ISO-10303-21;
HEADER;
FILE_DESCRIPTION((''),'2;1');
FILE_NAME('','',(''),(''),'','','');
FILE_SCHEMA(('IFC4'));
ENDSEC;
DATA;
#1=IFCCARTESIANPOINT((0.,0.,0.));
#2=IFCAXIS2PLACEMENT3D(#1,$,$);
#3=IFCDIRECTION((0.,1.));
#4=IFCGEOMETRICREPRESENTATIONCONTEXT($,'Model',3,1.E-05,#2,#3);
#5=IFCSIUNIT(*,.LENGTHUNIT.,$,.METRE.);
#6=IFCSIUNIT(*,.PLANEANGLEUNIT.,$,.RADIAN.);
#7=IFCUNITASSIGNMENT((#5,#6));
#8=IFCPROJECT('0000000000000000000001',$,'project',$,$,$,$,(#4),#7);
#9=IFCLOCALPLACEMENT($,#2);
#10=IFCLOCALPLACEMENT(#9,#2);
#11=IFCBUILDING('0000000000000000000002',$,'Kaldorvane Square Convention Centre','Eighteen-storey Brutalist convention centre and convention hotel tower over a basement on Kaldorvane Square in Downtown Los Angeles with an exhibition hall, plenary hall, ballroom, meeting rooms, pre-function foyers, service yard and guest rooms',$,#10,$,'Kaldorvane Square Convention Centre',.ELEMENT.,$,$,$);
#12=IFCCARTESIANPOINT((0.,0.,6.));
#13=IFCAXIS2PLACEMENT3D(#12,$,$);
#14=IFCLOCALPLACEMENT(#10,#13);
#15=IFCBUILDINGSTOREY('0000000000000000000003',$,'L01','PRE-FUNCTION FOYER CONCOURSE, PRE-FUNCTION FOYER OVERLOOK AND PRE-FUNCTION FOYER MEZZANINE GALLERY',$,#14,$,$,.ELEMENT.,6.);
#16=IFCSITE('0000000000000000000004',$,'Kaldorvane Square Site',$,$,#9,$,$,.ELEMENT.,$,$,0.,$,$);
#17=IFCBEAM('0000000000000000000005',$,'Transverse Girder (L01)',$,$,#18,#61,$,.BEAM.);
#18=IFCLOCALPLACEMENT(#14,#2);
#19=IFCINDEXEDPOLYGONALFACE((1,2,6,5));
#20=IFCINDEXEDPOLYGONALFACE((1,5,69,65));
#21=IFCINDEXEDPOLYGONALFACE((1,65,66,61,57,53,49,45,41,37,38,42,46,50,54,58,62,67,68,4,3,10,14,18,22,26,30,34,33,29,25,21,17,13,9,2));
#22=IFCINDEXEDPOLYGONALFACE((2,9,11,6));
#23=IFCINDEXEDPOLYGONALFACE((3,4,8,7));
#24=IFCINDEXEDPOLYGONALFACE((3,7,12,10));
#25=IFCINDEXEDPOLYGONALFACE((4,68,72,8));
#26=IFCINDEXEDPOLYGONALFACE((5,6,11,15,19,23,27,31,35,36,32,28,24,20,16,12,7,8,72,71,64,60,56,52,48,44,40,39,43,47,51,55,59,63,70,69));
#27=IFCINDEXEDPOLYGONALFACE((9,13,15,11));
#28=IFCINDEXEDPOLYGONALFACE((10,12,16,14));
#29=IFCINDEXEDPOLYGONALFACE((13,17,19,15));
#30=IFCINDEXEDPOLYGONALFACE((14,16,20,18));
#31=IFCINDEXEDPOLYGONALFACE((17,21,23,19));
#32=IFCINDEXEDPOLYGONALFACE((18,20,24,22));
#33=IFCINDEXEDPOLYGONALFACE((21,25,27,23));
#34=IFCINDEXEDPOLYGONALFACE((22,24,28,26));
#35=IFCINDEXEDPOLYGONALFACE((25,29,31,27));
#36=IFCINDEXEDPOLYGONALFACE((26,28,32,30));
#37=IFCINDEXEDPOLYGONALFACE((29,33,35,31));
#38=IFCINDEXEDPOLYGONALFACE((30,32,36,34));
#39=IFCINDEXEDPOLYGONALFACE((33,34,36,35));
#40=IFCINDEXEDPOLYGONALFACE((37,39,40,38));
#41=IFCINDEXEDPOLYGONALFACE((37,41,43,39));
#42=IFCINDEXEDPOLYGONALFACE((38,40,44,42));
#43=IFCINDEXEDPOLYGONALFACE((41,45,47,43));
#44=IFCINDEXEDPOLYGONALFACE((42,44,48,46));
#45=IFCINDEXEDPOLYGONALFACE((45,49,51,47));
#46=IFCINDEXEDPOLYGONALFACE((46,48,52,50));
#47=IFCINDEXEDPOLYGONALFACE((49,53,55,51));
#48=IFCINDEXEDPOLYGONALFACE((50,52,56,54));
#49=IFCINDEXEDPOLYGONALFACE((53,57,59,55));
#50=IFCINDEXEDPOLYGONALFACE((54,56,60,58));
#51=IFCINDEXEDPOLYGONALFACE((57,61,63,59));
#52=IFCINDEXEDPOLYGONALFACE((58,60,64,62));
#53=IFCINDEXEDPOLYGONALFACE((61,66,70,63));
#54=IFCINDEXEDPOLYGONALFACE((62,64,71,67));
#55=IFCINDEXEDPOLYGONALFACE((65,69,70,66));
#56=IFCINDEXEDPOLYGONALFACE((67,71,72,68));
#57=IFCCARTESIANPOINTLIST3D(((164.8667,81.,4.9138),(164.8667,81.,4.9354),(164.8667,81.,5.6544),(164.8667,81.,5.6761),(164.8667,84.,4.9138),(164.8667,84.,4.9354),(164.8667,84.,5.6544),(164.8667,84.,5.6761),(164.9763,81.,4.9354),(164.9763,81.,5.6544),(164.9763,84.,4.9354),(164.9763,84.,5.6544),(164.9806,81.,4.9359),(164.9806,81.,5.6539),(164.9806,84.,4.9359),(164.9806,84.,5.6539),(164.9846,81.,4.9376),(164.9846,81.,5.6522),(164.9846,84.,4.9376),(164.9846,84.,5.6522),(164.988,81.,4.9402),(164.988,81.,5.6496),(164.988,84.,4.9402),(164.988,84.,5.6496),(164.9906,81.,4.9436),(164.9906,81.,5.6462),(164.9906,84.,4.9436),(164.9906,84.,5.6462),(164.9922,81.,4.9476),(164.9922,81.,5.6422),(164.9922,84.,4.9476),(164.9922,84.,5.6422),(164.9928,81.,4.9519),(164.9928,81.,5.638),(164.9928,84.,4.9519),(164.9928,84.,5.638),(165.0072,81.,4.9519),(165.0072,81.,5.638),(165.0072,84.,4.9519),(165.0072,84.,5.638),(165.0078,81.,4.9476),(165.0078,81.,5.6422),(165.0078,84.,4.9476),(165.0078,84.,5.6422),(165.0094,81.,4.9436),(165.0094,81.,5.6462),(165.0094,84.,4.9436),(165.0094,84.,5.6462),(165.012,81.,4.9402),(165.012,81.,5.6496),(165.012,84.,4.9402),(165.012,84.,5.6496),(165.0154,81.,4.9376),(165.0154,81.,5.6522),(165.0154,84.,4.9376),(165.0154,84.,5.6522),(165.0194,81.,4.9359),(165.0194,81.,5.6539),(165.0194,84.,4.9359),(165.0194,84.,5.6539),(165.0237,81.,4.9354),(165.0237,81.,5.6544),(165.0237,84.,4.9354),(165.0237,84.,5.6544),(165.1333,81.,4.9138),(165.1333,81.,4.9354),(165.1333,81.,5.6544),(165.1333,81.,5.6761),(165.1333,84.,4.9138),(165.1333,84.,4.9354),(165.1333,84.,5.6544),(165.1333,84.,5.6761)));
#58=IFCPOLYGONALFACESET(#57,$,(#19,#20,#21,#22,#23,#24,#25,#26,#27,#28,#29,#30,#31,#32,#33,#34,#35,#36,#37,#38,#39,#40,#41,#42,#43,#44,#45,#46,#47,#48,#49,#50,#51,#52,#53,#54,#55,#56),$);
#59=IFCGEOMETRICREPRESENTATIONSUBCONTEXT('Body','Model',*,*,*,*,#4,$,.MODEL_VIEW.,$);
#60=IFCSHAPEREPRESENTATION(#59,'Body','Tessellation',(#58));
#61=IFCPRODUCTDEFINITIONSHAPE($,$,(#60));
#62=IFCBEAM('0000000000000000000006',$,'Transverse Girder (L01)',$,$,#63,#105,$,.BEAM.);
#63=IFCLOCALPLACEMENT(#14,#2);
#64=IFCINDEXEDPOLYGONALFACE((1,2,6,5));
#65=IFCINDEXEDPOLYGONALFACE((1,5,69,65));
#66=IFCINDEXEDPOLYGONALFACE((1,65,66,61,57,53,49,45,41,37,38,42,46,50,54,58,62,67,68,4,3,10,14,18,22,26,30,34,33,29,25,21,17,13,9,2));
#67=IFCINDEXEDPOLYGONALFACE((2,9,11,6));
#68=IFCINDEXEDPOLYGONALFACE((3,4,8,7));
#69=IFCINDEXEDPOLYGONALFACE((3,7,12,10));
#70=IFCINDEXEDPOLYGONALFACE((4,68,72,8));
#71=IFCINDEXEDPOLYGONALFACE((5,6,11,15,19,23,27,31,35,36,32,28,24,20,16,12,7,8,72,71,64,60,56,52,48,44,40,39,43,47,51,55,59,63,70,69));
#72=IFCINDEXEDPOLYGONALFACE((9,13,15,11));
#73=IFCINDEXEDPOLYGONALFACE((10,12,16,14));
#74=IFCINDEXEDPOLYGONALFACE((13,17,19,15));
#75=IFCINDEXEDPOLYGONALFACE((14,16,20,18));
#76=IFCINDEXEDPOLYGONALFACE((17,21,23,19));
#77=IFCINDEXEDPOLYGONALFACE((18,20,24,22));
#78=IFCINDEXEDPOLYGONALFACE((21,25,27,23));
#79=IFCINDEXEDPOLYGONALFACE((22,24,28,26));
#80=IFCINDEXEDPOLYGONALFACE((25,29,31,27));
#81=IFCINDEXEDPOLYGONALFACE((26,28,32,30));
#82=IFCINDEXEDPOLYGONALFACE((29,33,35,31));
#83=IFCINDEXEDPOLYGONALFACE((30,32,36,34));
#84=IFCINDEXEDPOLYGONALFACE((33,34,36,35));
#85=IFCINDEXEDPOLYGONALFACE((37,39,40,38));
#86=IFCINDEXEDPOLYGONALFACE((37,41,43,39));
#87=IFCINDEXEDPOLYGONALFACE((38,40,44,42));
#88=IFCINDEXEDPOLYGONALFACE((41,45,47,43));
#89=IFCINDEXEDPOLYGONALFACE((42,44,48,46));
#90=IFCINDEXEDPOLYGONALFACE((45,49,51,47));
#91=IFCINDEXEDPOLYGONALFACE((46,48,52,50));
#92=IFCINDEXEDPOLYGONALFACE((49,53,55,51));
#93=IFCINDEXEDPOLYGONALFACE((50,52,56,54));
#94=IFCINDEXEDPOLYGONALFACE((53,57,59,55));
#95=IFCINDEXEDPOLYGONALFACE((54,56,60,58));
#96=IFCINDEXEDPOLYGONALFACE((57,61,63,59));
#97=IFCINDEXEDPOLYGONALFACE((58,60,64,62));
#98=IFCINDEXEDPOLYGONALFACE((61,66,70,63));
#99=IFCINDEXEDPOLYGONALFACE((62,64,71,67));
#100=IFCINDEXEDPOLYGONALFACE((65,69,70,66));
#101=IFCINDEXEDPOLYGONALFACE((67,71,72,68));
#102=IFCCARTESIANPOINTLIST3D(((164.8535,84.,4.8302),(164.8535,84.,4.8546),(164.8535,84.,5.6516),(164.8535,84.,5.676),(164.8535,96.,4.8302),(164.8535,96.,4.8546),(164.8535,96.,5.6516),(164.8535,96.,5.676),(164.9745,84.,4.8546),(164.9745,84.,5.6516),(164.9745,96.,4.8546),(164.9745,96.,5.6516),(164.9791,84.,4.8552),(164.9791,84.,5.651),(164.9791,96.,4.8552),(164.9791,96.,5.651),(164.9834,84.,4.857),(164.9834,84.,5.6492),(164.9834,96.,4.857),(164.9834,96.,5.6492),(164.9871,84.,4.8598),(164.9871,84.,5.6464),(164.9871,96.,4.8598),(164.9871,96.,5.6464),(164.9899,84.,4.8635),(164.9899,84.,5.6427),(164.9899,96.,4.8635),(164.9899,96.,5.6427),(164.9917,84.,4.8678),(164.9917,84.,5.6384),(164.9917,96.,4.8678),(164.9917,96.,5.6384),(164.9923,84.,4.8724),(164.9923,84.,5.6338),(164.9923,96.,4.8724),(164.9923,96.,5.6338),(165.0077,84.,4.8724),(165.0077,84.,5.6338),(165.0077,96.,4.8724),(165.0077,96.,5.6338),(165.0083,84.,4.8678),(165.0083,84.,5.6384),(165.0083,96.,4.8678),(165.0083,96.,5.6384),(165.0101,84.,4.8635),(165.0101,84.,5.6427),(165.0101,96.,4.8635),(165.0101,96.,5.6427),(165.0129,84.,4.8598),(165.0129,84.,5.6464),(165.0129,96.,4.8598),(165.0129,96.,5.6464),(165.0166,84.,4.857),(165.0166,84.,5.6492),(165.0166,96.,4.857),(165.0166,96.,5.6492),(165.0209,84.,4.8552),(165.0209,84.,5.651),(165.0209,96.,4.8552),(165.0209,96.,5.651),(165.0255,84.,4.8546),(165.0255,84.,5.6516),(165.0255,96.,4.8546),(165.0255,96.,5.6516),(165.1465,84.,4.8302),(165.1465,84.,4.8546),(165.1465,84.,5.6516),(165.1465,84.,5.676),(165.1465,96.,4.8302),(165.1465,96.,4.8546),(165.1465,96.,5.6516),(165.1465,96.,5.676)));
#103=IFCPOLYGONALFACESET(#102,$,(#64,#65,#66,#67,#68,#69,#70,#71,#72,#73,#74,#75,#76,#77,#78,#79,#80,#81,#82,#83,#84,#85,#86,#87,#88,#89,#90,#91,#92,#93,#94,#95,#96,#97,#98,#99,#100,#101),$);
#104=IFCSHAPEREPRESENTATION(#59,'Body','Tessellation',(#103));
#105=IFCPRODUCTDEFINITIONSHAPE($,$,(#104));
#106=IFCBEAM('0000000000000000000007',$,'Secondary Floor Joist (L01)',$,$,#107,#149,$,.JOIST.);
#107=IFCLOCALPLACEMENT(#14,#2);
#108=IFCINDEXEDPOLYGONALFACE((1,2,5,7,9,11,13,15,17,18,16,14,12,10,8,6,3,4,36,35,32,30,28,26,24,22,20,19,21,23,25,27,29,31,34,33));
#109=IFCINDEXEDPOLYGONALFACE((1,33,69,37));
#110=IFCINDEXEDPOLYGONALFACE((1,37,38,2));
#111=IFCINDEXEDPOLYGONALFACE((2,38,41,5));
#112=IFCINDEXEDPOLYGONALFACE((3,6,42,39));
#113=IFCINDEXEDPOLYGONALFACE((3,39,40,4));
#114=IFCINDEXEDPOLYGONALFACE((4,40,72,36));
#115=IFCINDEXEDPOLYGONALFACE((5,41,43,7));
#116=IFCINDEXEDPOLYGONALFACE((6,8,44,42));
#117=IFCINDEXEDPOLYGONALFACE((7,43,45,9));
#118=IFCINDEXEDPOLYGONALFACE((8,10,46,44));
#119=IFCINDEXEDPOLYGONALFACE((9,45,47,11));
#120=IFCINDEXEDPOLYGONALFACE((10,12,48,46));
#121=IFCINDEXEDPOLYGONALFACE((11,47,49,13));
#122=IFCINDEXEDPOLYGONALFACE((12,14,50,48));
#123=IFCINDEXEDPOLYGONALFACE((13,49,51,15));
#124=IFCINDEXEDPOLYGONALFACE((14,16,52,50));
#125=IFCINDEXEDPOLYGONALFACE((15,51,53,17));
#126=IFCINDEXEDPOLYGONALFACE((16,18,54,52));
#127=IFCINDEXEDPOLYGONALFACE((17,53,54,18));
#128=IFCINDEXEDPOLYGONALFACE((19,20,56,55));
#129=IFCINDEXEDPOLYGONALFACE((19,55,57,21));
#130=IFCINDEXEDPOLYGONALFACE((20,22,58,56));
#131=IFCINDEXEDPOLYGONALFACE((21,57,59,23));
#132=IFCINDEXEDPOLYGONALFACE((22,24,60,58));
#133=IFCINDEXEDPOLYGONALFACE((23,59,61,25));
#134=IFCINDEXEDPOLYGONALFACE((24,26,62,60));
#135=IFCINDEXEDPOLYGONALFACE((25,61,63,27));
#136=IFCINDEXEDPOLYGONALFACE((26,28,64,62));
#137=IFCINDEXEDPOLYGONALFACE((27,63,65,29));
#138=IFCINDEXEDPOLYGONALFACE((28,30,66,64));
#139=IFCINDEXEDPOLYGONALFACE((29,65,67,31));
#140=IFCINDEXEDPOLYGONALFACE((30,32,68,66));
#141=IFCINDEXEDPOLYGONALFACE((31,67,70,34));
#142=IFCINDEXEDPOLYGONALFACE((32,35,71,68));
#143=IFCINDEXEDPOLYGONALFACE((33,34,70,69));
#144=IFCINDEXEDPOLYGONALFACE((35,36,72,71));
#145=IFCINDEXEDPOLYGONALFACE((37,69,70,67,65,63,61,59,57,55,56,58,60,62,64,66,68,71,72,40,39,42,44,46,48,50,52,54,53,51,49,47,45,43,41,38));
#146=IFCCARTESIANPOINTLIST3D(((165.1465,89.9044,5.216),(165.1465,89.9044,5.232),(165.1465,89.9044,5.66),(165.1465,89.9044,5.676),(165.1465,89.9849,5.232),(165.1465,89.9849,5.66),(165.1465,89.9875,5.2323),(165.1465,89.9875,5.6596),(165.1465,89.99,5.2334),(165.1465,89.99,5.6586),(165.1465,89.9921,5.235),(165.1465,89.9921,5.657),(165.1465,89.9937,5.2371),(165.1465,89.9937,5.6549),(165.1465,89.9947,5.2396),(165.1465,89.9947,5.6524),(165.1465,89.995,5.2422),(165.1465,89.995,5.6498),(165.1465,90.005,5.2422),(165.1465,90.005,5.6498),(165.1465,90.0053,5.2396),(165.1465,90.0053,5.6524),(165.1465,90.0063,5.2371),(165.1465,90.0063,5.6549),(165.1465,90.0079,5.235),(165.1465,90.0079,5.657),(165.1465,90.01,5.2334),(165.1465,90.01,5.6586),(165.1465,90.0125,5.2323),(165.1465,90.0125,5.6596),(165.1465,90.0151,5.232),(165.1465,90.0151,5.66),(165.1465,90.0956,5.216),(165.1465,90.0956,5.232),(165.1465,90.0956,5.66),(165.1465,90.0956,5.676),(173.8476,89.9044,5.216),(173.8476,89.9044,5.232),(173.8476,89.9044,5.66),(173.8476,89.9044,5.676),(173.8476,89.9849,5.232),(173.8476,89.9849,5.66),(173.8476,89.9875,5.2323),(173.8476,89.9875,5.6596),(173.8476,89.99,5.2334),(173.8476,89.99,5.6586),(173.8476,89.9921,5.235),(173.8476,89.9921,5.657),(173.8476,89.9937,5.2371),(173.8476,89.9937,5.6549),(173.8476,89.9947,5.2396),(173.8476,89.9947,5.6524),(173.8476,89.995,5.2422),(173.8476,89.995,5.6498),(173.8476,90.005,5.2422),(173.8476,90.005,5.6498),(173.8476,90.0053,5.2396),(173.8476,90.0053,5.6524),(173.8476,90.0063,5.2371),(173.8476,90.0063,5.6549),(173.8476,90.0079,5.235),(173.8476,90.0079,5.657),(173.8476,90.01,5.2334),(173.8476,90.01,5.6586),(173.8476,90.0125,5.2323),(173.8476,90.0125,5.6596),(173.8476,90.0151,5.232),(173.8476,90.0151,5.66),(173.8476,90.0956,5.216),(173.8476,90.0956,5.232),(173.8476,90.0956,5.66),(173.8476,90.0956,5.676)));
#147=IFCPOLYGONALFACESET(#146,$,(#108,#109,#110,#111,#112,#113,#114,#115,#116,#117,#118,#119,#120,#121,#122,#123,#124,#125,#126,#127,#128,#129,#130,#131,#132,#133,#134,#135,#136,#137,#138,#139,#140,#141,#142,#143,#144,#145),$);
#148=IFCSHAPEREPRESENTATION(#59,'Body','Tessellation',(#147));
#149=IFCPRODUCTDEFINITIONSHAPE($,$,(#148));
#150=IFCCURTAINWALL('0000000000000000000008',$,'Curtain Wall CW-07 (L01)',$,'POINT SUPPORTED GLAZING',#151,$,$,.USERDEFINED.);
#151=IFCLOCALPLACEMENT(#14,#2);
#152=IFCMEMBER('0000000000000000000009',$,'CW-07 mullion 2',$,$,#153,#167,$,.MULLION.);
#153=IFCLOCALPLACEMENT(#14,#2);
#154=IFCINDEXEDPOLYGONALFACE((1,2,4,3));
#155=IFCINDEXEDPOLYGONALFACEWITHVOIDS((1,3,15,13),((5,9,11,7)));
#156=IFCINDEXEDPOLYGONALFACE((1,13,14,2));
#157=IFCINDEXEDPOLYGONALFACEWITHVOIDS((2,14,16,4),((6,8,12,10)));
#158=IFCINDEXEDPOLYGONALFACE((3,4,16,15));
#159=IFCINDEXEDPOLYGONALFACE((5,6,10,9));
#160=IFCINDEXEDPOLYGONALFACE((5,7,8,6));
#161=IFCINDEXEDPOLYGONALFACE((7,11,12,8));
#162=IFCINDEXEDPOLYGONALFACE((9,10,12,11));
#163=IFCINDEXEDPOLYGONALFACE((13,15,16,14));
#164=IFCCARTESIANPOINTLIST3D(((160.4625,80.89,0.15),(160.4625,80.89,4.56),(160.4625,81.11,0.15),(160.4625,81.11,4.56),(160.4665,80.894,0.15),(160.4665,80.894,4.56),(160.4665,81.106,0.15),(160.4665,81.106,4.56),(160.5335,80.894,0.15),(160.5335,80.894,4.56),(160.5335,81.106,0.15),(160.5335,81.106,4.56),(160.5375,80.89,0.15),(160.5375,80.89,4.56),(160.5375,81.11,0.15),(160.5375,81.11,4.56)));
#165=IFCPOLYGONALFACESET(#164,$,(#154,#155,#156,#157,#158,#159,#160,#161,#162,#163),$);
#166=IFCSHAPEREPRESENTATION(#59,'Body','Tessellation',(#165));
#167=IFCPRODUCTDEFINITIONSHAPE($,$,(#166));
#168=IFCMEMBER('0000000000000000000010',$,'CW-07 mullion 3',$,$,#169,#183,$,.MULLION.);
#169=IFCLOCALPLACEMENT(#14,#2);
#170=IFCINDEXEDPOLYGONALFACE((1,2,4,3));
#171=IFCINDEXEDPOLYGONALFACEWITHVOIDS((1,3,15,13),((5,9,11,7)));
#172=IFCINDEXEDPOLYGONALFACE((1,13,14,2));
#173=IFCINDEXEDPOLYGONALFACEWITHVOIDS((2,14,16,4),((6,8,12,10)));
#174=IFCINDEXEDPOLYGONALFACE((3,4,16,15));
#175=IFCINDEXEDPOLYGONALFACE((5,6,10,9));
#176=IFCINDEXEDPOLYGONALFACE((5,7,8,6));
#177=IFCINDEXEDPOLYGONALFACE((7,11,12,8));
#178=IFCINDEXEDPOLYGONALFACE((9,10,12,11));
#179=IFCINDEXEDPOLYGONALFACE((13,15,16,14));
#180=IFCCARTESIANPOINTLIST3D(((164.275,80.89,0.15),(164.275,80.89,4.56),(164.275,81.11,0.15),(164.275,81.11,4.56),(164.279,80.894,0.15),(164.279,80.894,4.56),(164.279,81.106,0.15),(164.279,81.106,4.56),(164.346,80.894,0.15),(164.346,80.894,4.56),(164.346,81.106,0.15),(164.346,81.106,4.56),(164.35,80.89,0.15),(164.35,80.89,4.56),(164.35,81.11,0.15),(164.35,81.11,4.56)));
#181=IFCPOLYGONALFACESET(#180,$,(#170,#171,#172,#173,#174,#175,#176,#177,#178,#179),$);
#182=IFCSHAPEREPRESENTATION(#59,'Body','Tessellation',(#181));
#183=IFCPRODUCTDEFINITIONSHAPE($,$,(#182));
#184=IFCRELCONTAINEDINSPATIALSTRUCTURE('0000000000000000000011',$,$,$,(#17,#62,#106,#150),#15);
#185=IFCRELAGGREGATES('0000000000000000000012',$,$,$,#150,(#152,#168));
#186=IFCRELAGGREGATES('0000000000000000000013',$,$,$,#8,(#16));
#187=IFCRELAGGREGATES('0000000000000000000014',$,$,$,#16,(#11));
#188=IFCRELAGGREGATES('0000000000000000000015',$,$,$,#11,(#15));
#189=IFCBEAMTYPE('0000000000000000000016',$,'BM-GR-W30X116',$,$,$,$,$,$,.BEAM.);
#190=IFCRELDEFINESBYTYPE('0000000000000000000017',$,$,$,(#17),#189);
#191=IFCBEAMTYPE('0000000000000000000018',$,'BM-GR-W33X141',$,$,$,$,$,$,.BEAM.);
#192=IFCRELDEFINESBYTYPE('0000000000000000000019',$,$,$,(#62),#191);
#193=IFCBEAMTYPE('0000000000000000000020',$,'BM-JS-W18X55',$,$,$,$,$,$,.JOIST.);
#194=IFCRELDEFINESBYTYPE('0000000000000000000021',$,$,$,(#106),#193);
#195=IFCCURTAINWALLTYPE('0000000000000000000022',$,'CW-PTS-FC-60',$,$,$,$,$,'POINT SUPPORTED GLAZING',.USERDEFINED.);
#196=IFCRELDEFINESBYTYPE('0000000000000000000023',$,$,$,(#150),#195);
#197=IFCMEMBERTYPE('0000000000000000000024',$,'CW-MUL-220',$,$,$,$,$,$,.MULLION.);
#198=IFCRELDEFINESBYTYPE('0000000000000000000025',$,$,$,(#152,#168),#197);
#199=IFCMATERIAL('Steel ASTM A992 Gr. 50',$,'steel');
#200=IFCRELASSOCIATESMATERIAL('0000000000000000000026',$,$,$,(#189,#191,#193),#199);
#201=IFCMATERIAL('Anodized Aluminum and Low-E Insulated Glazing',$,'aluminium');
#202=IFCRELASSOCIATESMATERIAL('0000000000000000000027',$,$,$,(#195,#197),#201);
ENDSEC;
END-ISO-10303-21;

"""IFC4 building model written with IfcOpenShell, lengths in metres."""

from ifc_helpers import new_model, si_unit, direction, frame, origin, origin_2d, place, context, subcontext, project, spatial, hollow_rectangle, i_section, extrude, material, material_profile, profile_set, type_object, element, aggregate, save


model = new_model("IFC4")

# Units and contexts
model_context = context("Model", 3, precision=1e-05, world=origin(), true_north=direction((0.0, 1.0)))
body_context = subcontext(model_context, "Body", "Model", "MODEL_VIEW")
ifc_project = project(units=[si_unit("LENGTHUNIT", "METRE"), si_unit("PLANEANGLEUNIT", "RADIAN")], contexts=[model_context])

# Site, building, storey
site_placement = place(None, origin())
site = spatial("IfcSite", under=ifc_project, at=site_placement, Name="Kaldorvane Square Site", CompositionType="ELEMENT", RefElevation=0.0)
building_placement = place(site_placement, origin())
building = spatial("IfcBuilding", under=site, at=building_placement, Name="Kaldorvane Square Convention Centre", Description="Eighteen-storey Brutalist convention centre and convention hotel tower over a basement on Kaldorvane Square in Downtown Los Angeles with an exhibition hall, plenary hall, ballroom, meeting rooms, pre-function foyers, service yard and guest rooms", LongName="Kaldorvane Square Convention Centre", CompositionType="ELEMENT")
storey_placement = place(building_placement, frame((0.0, 0.0, 6.0)))
storey = spatial("IfcBuildingStorey", under=building, at=storey_placement, Name="L01", Description="PRE-FUNCTION FOYER CONCOURSE, PRE-FUNCTION FOYER OVERLOOK AND PRE-FUNCTION FOYER MEZZANINE GALLERY", CompositionType="ELEMENT", Elevation=6.0)

# Shared definitions
ifc_material_1 = material(Name="Steel ASTM A992 Gr. 50", Category="steel")

# Beams
ifc_material_profile_1 = material_profile(ifc_material_1, i_section(OverallWidth=0.2666, OverallDepth=0.7623, WebThickness=0.0144, FlangeThickness=0.0216, FilletRadius=0.0165, at=origin_2d()), Name="W30X116")
ifc_profile_set_1 = profile_set([ifc_material_profile_1], Name="Steel ASTM A992 Gr. 50")
beam_type_1 = type_object("IfcBeamType", Name="BM-GR-W30X116", PredefinedType="BEAM", material=ifc_profile_set_1)
beam_1_placement = place(storey_placement, frame((165.0, 81.0, 5.2949), z_axis=(0.0, 1.0, 0.0), x_axis=(-1.0, 0.0, 0.0)))
element("IfcBeam", 1, at=beam_1_placement, inside=storey, type_object=beam_type_1, Name="Transverse Girder (L01)", PredefinedType="BEAM", context=body_context, shape_type="SweptSolid", body=[
    extrude(i_section(OverallWidth=0.2666, OverallDepth=0.7623, WebThickness=0.0144, FlangeThickness=0.0216, FilletRadius=0.0165, at=origin_2d()), origin(), (0.0, 0.0, 1.0), 3.0),
])
ifc_material_profile_2 = material_profile(ifc_material_1, i_section(OverallWidth=0.293, OverallDepth=0.8458, WebThickness=0.0154, FlangeThickness=0.0244, FilletRadius=0.0178, at=origin_2d()), Name="W33X141")
ifc_profile_set_2 = profile_set([ifc_material_profile_2], Name="Steel ASTM A992 Gr. 50")
beam_type_2 = type_object("IfcBeamType", Name="BM-GR-W33X141", PredefinedType="BEAM", material=ifc_profile_set_2)
beam_2_placement = place(storey_placement, frame((165.0, 84.0, 5.2531), z_axis=(0.0, 1.0, 0.0), x_axis=(-1.0, 0.0, 0.0)))
element("IfcBeam", 2, at=beam_2_placement, inside=storey, type_object=beam_type_2, Name="Transverse Girder (L01)", PredefinedType="BEAM", context=body_context, shape_type="SweptSolid", body=[
    extrude(i_section(OverallWidth=0.293, OverallDepth=0.8458, WebThickness=0.0154, FlangeThickness=0.0244, FilletRadius=0.0178, at=origin_2d()), origin(), (0.0, 0.0, 1.0), 12.0),
])
ifc_material_profile_3 = material_profile(ifc_material_1, i_section(OverallWidth=0.1913, OverallDepth=0.46, WebThickness=0.0099, FlangeThickness=0.016, FilletRadius=0.0102, at=origin_2d()), Name="W18X55")
ifc_profile_set_3 = profile_set([ifc_material_profile_3], Name="Steel ASTM A992 Gr. 50")
beam_type_3 = type_object("IfcBeamType", Name="BM-JS-W18X55", PredefinedType="JOIST", material=ifc_profile_set_3)
beam_3_placement = place(storey_placement, frame((165.1465, 90.0, 5.446), z_axis=(1.0, 0.0, 0.0), x_axis=(0.0, 1.0, 0.0)))
element("IfcBeam", 3, at=beam_3_placement, inside=storey, type_object=beam_type_3, Name="Secondary Floor Joist (L01)", PredefinedType="JOIST", context=body_context, shape_type="SweptSolid", body=[
    extrude(i_section(OverallWidth=0.1913, OverallDepth=0.46, WebThickness=0.0099, FlangeThickness=0.016, FilletRadius=0.0102, at=origin_2d()), origin(), (0.0, 0.0, 1.0), 8.7011),
])

# Curtain wall, members
ifc_material_2 = material(Name="Anodized Aluminum and Low-E Insulated Glazing", Category="aluminium")
curtain_wall_type = type_object("IfcCurtainWallType", Name="CW-PTS-FC-60", ElementType="POINT SUPPORTED GLAZING", PredefinedType="USERDEFINED", material=ifc_material_2)
curtain_wall_1_placement = place(storey_placement, origin())
curtain_wall_1 = element("IfcCurtainWall", 4, at=curtain_wall_1_placement, inside=storey, type_object=curtain_wall_type, Name="Curtain Wall CW-07 (L01)", ObjectType="POINT SUPPORTED GLAZING", PredefinedType="USERDEFINED")
ifc_material_profile_4 = material_profile(ifc_material_2, hollow_rectangle(XDim=0.075, YDim=0.22, WallThickness=0.004, at=origin_2d()), Name="CWM-220X75")
ifc_profile_set_4 = profile_set([ifc_material_profile_4], Name="Anodized Aluminum and Low-E Insulated Glazing")
member_type_1 = type_object("IfcMemberType", Name="CW-MUL-220", PredefinedType="MULLION", material=ifc_profile_set_4)
member_1_placement = place(storey_placement, frame((160.5, 81.0, 0.15), z_axis=(0.0, 0.0, 1.0), x_axis=(1.0, 0.0, 0.0)))
member_1 = element("IfcMember", 5, at=member_1_placement, type_object=member_type_1, Name="CW-07 mullion 2", PredefinedType="MULLION", context=body_context, shape_type="SweptSolid", body=[
    extrude(hollow_rectangle(XDim=0.075, YDim=0.22, WallThickness=0.004, at=origin_2d()), origin(), (0.0, 0.0, 1.0), 4.41),
])
member_2_placement = place(storey_placement, frame((164.3125, 81.0, 0.15), z_axis=(0.0, 0.0, 1.0), x_axis=(1.0, 0.0, 0.0)))
member_2 = element("IfcMember", 6, at=member_2_placement, type_object=member_type_1, Name="CW-07 mullion 3", PredefinedType="MULLION", context=body_context, shape_type="SweptSolid", body=[
    extrude(hollow_rectangle(XDim=0.075, YDim=0.22, WallThickness=0.004, at=origin_2d()), origin(), (0.0, 0.0, 1.0), 4.41),
])

aggregate(curtain_wall_1, [member_1, member_2])

save(model, "model.ifc")
